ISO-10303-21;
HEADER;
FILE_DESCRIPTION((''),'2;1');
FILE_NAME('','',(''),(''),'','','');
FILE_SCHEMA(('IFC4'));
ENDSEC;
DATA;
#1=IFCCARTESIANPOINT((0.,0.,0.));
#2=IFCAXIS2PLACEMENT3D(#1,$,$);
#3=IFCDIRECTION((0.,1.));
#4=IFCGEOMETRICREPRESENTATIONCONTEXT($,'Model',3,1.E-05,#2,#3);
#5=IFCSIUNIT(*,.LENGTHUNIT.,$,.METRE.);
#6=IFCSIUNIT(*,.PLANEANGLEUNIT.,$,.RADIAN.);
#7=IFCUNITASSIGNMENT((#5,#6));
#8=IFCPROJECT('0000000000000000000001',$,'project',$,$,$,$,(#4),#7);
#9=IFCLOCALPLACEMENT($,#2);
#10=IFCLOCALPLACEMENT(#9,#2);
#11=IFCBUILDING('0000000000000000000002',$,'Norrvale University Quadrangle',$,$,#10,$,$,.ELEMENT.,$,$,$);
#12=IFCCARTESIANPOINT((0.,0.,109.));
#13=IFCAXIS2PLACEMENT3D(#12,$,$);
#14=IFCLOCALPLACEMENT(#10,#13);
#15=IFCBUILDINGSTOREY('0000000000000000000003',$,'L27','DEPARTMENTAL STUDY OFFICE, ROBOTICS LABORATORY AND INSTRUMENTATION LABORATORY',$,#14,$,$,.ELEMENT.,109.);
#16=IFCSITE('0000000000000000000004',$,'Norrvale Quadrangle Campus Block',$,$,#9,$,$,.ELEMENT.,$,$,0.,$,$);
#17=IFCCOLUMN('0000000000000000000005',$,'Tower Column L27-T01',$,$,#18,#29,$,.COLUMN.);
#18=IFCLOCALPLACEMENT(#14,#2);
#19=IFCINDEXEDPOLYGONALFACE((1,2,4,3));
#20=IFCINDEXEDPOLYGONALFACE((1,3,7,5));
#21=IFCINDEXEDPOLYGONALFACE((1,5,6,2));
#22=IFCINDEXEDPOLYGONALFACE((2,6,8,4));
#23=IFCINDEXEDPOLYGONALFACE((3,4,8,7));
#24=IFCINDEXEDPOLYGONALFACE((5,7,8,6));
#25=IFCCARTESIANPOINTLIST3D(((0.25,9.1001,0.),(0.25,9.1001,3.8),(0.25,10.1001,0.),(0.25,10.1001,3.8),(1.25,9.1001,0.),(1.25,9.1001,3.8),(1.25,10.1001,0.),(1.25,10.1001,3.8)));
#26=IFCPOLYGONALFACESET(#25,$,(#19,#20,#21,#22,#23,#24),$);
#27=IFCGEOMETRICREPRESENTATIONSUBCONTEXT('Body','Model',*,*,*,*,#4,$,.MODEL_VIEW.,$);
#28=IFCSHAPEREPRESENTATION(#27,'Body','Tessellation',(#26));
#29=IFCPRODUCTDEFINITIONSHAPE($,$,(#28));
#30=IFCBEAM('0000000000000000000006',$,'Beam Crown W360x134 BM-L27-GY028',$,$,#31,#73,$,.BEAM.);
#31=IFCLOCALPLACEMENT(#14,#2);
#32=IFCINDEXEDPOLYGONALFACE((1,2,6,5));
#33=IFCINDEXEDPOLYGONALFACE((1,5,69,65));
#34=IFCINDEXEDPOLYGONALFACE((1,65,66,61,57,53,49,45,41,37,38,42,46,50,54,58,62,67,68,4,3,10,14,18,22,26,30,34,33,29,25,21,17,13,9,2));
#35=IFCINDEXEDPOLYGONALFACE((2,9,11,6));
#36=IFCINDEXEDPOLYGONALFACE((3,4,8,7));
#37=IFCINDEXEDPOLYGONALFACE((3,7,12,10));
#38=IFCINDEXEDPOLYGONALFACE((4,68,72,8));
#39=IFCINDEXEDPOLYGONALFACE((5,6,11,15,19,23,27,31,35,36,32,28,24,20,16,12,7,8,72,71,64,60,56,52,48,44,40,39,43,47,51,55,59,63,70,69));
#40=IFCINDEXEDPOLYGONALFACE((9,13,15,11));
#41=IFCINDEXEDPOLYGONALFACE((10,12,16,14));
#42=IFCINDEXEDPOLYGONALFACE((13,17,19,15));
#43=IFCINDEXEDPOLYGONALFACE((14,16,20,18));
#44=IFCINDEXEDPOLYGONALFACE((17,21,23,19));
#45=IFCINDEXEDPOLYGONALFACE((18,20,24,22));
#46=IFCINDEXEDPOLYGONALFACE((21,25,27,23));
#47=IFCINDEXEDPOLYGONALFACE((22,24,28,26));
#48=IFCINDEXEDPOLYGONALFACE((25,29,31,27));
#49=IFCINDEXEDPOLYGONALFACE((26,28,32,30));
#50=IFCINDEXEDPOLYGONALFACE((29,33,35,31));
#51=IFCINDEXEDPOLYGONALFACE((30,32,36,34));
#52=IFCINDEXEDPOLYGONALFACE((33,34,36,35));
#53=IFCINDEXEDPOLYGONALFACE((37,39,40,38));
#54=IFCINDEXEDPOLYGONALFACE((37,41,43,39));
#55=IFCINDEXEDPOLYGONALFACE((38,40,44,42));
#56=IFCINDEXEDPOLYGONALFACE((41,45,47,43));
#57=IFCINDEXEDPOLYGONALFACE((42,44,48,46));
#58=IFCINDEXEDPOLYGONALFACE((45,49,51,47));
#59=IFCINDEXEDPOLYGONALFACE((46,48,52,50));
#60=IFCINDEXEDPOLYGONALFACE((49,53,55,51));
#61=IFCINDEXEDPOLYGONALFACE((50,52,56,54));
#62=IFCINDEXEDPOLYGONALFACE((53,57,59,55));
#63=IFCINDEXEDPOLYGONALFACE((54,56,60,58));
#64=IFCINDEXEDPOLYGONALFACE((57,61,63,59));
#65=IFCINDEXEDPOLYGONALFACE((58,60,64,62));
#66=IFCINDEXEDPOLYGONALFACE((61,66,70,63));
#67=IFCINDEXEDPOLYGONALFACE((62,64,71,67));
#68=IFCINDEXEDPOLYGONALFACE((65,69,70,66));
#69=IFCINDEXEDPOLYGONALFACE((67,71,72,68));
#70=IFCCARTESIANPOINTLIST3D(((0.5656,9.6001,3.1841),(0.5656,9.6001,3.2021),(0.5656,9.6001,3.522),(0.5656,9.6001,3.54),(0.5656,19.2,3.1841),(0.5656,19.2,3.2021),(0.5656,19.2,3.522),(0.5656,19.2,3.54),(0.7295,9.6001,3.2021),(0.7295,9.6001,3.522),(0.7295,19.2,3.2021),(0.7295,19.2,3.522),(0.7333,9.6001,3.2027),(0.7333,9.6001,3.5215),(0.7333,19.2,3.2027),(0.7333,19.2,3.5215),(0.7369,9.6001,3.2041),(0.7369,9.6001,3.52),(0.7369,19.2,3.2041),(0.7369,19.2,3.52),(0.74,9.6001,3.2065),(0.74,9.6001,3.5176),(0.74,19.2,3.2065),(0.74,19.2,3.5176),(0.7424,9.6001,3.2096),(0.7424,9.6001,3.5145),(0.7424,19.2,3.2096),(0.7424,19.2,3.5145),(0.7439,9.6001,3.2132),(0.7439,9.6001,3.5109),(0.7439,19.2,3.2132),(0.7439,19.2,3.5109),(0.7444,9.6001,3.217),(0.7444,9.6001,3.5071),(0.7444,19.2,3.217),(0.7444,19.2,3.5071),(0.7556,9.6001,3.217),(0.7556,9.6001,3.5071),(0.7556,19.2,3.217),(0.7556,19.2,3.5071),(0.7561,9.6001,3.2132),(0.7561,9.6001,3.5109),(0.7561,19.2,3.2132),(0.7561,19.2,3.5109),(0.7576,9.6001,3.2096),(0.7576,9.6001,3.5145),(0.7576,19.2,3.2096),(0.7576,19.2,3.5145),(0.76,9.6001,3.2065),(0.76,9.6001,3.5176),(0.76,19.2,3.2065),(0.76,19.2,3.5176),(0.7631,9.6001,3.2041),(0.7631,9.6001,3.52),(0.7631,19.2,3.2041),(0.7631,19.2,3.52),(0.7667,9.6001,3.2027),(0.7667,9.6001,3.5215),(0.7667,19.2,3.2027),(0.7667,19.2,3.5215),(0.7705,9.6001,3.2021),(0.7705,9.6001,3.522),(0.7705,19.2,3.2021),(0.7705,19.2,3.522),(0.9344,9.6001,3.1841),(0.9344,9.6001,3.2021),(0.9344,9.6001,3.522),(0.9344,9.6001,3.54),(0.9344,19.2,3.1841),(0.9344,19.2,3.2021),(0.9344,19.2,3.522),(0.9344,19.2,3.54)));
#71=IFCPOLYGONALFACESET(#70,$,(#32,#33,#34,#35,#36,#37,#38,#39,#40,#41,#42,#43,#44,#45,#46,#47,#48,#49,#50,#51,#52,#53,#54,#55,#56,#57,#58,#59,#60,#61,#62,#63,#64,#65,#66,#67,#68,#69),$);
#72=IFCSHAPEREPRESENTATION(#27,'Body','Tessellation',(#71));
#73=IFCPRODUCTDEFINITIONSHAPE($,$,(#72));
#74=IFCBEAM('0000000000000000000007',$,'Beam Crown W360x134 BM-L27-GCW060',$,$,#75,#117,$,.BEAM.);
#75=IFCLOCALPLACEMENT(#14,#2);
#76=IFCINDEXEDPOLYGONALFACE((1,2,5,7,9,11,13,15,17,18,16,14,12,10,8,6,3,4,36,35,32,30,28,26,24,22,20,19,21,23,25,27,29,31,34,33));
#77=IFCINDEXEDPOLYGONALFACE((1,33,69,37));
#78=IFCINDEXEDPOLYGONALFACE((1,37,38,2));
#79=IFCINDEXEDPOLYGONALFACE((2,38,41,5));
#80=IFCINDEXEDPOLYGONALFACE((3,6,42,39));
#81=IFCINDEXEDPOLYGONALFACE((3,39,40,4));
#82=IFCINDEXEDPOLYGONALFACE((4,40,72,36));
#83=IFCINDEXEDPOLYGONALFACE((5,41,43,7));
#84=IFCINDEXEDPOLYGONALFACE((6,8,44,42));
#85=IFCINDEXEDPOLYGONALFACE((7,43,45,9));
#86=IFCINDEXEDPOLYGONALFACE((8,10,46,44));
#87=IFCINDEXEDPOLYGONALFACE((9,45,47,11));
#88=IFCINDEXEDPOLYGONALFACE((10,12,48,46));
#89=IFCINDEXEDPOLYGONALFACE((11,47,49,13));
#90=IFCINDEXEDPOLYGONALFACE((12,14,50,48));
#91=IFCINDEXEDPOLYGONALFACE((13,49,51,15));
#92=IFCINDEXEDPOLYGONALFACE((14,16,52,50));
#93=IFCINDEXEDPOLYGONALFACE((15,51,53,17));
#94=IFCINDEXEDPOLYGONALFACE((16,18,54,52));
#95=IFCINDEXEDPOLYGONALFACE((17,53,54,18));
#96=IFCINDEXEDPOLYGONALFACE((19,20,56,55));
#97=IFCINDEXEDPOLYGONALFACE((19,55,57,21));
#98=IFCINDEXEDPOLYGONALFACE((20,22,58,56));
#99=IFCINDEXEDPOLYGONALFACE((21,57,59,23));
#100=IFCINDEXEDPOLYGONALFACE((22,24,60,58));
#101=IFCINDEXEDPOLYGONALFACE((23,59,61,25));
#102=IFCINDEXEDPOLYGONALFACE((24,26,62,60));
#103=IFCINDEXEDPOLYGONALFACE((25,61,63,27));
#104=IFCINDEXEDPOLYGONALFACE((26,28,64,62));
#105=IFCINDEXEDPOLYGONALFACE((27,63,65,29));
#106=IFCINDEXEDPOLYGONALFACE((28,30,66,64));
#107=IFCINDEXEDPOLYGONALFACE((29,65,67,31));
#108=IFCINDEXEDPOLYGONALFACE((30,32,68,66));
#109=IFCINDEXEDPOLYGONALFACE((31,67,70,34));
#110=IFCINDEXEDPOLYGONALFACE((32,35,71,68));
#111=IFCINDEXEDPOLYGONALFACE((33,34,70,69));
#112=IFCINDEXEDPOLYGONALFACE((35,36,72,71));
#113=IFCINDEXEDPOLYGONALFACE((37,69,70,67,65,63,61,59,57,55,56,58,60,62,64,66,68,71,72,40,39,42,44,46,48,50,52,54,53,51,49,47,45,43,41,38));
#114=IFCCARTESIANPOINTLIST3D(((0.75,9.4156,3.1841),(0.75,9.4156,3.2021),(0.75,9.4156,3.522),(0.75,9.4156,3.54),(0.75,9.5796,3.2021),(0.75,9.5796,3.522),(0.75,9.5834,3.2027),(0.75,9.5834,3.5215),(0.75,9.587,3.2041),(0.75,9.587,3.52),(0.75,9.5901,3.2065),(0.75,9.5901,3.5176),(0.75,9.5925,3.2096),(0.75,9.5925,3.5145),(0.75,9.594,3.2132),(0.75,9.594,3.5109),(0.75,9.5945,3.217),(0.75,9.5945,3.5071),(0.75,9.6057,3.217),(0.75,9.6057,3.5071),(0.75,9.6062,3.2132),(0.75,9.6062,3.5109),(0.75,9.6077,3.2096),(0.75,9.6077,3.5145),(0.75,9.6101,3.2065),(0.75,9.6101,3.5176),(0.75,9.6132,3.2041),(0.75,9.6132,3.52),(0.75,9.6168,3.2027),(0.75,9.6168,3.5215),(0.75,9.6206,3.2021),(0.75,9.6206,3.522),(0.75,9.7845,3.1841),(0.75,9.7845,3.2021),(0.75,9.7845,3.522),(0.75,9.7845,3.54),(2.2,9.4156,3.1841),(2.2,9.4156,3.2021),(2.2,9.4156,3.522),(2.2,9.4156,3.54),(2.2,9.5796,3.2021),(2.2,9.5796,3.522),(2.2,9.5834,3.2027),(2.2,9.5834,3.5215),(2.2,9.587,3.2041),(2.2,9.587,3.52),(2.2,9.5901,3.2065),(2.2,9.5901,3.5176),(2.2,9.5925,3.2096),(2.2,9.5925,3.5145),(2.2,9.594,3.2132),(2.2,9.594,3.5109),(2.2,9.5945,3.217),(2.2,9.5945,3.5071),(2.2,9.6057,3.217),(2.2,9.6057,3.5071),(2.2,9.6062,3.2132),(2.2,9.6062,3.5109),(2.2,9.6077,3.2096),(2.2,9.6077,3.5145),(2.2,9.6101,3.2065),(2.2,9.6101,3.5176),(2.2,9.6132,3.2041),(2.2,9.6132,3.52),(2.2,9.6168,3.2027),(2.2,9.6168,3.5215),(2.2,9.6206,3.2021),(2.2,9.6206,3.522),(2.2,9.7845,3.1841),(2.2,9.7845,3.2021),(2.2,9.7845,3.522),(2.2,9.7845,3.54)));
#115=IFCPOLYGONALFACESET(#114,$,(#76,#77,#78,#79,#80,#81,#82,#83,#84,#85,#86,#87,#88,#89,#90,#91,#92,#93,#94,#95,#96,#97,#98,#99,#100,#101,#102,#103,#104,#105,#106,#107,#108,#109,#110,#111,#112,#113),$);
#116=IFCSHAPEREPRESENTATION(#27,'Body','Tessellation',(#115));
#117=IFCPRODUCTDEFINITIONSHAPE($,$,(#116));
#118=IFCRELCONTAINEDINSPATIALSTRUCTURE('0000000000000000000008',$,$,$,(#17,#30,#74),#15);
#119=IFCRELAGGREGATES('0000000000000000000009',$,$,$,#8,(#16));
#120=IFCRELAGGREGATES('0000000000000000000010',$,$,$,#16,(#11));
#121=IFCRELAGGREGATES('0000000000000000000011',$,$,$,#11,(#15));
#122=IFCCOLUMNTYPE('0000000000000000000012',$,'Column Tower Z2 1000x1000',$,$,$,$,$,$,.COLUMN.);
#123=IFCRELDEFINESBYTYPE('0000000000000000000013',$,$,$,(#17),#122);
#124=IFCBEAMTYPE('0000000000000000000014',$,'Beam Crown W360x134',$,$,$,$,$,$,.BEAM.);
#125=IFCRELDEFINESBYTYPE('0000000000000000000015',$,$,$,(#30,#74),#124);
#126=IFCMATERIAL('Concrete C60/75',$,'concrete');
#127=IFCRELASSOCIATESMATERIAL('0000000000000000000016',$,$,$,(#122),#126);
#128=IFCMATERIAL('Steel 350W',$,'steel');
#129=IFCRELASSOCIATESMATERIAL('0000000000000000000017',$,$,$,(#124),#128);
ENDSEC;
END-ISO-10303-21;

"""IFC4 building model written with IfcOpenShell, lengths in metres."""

from ifc_helpers import new_model, si_unit, direction, frame, origin, origin_2d, place, context, subcontext, project, spatial, rectangle, i_section, extrude, material, material_profile, profile_set, type_object, element, save


model = new_model("IFC4")

# Units and contexts
model_context = context("Model", 3, precision=1e-05, world=origin(), true_north=direction((0.0, 1.0)))
body_context = subcontext(model_context, "Body", "Model", "MODEL_VIEW")
ifc_project = project(units=[si_unit("LENGTHUNIT", "METRE"), si_unit("PLANEANGLEUNIT", "RADIAN")], contexts=[model_context])

# Site, building, storey
site_placement = place(None, origin())
site = spatial("IfcSite", under=ifc_project, at=site_placement, Name="Norrvale Quadrangle Campus Block", CompositionType="ELEMENT", RefElevation=0.0)
building_placement = place(site_placement, origin())
building = spatial("IfcBuilding", under=site, at=building_placement, Name="Norrvale University Quadrangle", CompositionType="ELEMENT")
storey_placement = place(building_placement, frame((0.0, 0.0, 109.0)))
storey = spatial("IfcBuildingStorey", under=building, at=storey_placement, Name="L27", Description="DEPARTMENTAL STUDY OFFICE, ROBOTICS LABORATORY AND INSTRUMENTATION LABORATORY", CompositionType="ELEMENT", Elevation=109.0)

# Column
ifc_material_1 = material(Name="Concrete C60/75", Category="concrete")
ifc_material_profile_1 = material_profile(ifc_material_1, rectangle(XDim=1.0, YDim=1.0, at=origin_2d()), Name="Concrete C60/75")
ifc_profile_set_1 = profile_set([ifc_material_profile_1], Name="Concrete C60/75")
column_type = type_object("IfcColumnType", Name="Column Tower Z2 1000x1000", PredefinedType="COLUMN", material=ifc_profile_set_1)
column_placement = place(storey_placement, frame((0.75, 9.6001, 0.0), z_axis=(0.0, 0.0, 1.0), x_axis=(1.0, 0.0, 0.0)))
element("IfcColumn", 1, at=column_placement, inside=storey, type_object=column_type, Name="Tower Column L27-T01", PredefinedType="COLUMN", context=body_context, shape_type="SweptSolid", body=[
    extrude(rectangle(XDim=1.0, YDim=1.0, at=origin_2d()), origin(), (0.0, 0.0, 1.0), 3.8),
])

# Beams
ifc_material_2 = material(Name="Steel 350W", Category="steel")
ifc_material_profile_2 = material_profile(ifc_material_2, i_section(OverallWidth=0.3689, OverallDepth=0.356, WebThickness=0.0112, FlangeThickness=0.0181, FilletRadius=0.0149, at=origin_2d()), Name="Steel 350W")
ifc_profile_set_2 = profile_set([ifc_material_profile_2], Name="Steel 350W")
beam_type = type_object("IfcBeamType", Name="Beam Crown W360x134", PredefinedType="BEAM", material=ifc_profile_set_2)
beam_1_placement = place(storey_placement, frame((0.75, 9.6001, 3.3621), z_axis=(0.0, 1.0, 0.0), x_axis=(-1.0, 0.0, 0.0)))
element("IfcBeam", 2, at=beam_1_placement, inside=storey, type_object=beam_type, Name="Beam Crown W360x134 BM-L27-GY028", PredefinedType="BEAM", context=body_context, shape_type="SweptSolid", body=[
    extrude(i_section(OverallWidth=0.3689, OverallDepth=0.356, WebThickness=0.0112, FlangeThickness=0.0181, FilletRadius=0.0149, at=origin_2d()), origin(), (0.0, 0.0, 1.0), 9.5999),
])
beam_2_placement = place(storey_placement, frame((0.75, 9.6001, 3.3621), z_axis=(1.0, 0.0, 0.0), x_axis=(0.0, 1.0, 0.0)))
element("IfcBeam", 3, at=beam_2_placement, inside=storey, type_object=beam_type, Name="Beam Crown W360x134 BM-L27-GCW060", PredefinedType="BEAM", context=body_context, shape_type="SweptSolid", body=[
    extrude(i_section(OverallWidth=0.3689, OverallDepth=0.356, WebThickness=0.0112, FlangeThickness=0.0181, FilletRadius=0.0149, at=origin_2d()), origin(), (0.0, 0.0, 1.0), 1.45),
])

save(model, "model.ifc")
